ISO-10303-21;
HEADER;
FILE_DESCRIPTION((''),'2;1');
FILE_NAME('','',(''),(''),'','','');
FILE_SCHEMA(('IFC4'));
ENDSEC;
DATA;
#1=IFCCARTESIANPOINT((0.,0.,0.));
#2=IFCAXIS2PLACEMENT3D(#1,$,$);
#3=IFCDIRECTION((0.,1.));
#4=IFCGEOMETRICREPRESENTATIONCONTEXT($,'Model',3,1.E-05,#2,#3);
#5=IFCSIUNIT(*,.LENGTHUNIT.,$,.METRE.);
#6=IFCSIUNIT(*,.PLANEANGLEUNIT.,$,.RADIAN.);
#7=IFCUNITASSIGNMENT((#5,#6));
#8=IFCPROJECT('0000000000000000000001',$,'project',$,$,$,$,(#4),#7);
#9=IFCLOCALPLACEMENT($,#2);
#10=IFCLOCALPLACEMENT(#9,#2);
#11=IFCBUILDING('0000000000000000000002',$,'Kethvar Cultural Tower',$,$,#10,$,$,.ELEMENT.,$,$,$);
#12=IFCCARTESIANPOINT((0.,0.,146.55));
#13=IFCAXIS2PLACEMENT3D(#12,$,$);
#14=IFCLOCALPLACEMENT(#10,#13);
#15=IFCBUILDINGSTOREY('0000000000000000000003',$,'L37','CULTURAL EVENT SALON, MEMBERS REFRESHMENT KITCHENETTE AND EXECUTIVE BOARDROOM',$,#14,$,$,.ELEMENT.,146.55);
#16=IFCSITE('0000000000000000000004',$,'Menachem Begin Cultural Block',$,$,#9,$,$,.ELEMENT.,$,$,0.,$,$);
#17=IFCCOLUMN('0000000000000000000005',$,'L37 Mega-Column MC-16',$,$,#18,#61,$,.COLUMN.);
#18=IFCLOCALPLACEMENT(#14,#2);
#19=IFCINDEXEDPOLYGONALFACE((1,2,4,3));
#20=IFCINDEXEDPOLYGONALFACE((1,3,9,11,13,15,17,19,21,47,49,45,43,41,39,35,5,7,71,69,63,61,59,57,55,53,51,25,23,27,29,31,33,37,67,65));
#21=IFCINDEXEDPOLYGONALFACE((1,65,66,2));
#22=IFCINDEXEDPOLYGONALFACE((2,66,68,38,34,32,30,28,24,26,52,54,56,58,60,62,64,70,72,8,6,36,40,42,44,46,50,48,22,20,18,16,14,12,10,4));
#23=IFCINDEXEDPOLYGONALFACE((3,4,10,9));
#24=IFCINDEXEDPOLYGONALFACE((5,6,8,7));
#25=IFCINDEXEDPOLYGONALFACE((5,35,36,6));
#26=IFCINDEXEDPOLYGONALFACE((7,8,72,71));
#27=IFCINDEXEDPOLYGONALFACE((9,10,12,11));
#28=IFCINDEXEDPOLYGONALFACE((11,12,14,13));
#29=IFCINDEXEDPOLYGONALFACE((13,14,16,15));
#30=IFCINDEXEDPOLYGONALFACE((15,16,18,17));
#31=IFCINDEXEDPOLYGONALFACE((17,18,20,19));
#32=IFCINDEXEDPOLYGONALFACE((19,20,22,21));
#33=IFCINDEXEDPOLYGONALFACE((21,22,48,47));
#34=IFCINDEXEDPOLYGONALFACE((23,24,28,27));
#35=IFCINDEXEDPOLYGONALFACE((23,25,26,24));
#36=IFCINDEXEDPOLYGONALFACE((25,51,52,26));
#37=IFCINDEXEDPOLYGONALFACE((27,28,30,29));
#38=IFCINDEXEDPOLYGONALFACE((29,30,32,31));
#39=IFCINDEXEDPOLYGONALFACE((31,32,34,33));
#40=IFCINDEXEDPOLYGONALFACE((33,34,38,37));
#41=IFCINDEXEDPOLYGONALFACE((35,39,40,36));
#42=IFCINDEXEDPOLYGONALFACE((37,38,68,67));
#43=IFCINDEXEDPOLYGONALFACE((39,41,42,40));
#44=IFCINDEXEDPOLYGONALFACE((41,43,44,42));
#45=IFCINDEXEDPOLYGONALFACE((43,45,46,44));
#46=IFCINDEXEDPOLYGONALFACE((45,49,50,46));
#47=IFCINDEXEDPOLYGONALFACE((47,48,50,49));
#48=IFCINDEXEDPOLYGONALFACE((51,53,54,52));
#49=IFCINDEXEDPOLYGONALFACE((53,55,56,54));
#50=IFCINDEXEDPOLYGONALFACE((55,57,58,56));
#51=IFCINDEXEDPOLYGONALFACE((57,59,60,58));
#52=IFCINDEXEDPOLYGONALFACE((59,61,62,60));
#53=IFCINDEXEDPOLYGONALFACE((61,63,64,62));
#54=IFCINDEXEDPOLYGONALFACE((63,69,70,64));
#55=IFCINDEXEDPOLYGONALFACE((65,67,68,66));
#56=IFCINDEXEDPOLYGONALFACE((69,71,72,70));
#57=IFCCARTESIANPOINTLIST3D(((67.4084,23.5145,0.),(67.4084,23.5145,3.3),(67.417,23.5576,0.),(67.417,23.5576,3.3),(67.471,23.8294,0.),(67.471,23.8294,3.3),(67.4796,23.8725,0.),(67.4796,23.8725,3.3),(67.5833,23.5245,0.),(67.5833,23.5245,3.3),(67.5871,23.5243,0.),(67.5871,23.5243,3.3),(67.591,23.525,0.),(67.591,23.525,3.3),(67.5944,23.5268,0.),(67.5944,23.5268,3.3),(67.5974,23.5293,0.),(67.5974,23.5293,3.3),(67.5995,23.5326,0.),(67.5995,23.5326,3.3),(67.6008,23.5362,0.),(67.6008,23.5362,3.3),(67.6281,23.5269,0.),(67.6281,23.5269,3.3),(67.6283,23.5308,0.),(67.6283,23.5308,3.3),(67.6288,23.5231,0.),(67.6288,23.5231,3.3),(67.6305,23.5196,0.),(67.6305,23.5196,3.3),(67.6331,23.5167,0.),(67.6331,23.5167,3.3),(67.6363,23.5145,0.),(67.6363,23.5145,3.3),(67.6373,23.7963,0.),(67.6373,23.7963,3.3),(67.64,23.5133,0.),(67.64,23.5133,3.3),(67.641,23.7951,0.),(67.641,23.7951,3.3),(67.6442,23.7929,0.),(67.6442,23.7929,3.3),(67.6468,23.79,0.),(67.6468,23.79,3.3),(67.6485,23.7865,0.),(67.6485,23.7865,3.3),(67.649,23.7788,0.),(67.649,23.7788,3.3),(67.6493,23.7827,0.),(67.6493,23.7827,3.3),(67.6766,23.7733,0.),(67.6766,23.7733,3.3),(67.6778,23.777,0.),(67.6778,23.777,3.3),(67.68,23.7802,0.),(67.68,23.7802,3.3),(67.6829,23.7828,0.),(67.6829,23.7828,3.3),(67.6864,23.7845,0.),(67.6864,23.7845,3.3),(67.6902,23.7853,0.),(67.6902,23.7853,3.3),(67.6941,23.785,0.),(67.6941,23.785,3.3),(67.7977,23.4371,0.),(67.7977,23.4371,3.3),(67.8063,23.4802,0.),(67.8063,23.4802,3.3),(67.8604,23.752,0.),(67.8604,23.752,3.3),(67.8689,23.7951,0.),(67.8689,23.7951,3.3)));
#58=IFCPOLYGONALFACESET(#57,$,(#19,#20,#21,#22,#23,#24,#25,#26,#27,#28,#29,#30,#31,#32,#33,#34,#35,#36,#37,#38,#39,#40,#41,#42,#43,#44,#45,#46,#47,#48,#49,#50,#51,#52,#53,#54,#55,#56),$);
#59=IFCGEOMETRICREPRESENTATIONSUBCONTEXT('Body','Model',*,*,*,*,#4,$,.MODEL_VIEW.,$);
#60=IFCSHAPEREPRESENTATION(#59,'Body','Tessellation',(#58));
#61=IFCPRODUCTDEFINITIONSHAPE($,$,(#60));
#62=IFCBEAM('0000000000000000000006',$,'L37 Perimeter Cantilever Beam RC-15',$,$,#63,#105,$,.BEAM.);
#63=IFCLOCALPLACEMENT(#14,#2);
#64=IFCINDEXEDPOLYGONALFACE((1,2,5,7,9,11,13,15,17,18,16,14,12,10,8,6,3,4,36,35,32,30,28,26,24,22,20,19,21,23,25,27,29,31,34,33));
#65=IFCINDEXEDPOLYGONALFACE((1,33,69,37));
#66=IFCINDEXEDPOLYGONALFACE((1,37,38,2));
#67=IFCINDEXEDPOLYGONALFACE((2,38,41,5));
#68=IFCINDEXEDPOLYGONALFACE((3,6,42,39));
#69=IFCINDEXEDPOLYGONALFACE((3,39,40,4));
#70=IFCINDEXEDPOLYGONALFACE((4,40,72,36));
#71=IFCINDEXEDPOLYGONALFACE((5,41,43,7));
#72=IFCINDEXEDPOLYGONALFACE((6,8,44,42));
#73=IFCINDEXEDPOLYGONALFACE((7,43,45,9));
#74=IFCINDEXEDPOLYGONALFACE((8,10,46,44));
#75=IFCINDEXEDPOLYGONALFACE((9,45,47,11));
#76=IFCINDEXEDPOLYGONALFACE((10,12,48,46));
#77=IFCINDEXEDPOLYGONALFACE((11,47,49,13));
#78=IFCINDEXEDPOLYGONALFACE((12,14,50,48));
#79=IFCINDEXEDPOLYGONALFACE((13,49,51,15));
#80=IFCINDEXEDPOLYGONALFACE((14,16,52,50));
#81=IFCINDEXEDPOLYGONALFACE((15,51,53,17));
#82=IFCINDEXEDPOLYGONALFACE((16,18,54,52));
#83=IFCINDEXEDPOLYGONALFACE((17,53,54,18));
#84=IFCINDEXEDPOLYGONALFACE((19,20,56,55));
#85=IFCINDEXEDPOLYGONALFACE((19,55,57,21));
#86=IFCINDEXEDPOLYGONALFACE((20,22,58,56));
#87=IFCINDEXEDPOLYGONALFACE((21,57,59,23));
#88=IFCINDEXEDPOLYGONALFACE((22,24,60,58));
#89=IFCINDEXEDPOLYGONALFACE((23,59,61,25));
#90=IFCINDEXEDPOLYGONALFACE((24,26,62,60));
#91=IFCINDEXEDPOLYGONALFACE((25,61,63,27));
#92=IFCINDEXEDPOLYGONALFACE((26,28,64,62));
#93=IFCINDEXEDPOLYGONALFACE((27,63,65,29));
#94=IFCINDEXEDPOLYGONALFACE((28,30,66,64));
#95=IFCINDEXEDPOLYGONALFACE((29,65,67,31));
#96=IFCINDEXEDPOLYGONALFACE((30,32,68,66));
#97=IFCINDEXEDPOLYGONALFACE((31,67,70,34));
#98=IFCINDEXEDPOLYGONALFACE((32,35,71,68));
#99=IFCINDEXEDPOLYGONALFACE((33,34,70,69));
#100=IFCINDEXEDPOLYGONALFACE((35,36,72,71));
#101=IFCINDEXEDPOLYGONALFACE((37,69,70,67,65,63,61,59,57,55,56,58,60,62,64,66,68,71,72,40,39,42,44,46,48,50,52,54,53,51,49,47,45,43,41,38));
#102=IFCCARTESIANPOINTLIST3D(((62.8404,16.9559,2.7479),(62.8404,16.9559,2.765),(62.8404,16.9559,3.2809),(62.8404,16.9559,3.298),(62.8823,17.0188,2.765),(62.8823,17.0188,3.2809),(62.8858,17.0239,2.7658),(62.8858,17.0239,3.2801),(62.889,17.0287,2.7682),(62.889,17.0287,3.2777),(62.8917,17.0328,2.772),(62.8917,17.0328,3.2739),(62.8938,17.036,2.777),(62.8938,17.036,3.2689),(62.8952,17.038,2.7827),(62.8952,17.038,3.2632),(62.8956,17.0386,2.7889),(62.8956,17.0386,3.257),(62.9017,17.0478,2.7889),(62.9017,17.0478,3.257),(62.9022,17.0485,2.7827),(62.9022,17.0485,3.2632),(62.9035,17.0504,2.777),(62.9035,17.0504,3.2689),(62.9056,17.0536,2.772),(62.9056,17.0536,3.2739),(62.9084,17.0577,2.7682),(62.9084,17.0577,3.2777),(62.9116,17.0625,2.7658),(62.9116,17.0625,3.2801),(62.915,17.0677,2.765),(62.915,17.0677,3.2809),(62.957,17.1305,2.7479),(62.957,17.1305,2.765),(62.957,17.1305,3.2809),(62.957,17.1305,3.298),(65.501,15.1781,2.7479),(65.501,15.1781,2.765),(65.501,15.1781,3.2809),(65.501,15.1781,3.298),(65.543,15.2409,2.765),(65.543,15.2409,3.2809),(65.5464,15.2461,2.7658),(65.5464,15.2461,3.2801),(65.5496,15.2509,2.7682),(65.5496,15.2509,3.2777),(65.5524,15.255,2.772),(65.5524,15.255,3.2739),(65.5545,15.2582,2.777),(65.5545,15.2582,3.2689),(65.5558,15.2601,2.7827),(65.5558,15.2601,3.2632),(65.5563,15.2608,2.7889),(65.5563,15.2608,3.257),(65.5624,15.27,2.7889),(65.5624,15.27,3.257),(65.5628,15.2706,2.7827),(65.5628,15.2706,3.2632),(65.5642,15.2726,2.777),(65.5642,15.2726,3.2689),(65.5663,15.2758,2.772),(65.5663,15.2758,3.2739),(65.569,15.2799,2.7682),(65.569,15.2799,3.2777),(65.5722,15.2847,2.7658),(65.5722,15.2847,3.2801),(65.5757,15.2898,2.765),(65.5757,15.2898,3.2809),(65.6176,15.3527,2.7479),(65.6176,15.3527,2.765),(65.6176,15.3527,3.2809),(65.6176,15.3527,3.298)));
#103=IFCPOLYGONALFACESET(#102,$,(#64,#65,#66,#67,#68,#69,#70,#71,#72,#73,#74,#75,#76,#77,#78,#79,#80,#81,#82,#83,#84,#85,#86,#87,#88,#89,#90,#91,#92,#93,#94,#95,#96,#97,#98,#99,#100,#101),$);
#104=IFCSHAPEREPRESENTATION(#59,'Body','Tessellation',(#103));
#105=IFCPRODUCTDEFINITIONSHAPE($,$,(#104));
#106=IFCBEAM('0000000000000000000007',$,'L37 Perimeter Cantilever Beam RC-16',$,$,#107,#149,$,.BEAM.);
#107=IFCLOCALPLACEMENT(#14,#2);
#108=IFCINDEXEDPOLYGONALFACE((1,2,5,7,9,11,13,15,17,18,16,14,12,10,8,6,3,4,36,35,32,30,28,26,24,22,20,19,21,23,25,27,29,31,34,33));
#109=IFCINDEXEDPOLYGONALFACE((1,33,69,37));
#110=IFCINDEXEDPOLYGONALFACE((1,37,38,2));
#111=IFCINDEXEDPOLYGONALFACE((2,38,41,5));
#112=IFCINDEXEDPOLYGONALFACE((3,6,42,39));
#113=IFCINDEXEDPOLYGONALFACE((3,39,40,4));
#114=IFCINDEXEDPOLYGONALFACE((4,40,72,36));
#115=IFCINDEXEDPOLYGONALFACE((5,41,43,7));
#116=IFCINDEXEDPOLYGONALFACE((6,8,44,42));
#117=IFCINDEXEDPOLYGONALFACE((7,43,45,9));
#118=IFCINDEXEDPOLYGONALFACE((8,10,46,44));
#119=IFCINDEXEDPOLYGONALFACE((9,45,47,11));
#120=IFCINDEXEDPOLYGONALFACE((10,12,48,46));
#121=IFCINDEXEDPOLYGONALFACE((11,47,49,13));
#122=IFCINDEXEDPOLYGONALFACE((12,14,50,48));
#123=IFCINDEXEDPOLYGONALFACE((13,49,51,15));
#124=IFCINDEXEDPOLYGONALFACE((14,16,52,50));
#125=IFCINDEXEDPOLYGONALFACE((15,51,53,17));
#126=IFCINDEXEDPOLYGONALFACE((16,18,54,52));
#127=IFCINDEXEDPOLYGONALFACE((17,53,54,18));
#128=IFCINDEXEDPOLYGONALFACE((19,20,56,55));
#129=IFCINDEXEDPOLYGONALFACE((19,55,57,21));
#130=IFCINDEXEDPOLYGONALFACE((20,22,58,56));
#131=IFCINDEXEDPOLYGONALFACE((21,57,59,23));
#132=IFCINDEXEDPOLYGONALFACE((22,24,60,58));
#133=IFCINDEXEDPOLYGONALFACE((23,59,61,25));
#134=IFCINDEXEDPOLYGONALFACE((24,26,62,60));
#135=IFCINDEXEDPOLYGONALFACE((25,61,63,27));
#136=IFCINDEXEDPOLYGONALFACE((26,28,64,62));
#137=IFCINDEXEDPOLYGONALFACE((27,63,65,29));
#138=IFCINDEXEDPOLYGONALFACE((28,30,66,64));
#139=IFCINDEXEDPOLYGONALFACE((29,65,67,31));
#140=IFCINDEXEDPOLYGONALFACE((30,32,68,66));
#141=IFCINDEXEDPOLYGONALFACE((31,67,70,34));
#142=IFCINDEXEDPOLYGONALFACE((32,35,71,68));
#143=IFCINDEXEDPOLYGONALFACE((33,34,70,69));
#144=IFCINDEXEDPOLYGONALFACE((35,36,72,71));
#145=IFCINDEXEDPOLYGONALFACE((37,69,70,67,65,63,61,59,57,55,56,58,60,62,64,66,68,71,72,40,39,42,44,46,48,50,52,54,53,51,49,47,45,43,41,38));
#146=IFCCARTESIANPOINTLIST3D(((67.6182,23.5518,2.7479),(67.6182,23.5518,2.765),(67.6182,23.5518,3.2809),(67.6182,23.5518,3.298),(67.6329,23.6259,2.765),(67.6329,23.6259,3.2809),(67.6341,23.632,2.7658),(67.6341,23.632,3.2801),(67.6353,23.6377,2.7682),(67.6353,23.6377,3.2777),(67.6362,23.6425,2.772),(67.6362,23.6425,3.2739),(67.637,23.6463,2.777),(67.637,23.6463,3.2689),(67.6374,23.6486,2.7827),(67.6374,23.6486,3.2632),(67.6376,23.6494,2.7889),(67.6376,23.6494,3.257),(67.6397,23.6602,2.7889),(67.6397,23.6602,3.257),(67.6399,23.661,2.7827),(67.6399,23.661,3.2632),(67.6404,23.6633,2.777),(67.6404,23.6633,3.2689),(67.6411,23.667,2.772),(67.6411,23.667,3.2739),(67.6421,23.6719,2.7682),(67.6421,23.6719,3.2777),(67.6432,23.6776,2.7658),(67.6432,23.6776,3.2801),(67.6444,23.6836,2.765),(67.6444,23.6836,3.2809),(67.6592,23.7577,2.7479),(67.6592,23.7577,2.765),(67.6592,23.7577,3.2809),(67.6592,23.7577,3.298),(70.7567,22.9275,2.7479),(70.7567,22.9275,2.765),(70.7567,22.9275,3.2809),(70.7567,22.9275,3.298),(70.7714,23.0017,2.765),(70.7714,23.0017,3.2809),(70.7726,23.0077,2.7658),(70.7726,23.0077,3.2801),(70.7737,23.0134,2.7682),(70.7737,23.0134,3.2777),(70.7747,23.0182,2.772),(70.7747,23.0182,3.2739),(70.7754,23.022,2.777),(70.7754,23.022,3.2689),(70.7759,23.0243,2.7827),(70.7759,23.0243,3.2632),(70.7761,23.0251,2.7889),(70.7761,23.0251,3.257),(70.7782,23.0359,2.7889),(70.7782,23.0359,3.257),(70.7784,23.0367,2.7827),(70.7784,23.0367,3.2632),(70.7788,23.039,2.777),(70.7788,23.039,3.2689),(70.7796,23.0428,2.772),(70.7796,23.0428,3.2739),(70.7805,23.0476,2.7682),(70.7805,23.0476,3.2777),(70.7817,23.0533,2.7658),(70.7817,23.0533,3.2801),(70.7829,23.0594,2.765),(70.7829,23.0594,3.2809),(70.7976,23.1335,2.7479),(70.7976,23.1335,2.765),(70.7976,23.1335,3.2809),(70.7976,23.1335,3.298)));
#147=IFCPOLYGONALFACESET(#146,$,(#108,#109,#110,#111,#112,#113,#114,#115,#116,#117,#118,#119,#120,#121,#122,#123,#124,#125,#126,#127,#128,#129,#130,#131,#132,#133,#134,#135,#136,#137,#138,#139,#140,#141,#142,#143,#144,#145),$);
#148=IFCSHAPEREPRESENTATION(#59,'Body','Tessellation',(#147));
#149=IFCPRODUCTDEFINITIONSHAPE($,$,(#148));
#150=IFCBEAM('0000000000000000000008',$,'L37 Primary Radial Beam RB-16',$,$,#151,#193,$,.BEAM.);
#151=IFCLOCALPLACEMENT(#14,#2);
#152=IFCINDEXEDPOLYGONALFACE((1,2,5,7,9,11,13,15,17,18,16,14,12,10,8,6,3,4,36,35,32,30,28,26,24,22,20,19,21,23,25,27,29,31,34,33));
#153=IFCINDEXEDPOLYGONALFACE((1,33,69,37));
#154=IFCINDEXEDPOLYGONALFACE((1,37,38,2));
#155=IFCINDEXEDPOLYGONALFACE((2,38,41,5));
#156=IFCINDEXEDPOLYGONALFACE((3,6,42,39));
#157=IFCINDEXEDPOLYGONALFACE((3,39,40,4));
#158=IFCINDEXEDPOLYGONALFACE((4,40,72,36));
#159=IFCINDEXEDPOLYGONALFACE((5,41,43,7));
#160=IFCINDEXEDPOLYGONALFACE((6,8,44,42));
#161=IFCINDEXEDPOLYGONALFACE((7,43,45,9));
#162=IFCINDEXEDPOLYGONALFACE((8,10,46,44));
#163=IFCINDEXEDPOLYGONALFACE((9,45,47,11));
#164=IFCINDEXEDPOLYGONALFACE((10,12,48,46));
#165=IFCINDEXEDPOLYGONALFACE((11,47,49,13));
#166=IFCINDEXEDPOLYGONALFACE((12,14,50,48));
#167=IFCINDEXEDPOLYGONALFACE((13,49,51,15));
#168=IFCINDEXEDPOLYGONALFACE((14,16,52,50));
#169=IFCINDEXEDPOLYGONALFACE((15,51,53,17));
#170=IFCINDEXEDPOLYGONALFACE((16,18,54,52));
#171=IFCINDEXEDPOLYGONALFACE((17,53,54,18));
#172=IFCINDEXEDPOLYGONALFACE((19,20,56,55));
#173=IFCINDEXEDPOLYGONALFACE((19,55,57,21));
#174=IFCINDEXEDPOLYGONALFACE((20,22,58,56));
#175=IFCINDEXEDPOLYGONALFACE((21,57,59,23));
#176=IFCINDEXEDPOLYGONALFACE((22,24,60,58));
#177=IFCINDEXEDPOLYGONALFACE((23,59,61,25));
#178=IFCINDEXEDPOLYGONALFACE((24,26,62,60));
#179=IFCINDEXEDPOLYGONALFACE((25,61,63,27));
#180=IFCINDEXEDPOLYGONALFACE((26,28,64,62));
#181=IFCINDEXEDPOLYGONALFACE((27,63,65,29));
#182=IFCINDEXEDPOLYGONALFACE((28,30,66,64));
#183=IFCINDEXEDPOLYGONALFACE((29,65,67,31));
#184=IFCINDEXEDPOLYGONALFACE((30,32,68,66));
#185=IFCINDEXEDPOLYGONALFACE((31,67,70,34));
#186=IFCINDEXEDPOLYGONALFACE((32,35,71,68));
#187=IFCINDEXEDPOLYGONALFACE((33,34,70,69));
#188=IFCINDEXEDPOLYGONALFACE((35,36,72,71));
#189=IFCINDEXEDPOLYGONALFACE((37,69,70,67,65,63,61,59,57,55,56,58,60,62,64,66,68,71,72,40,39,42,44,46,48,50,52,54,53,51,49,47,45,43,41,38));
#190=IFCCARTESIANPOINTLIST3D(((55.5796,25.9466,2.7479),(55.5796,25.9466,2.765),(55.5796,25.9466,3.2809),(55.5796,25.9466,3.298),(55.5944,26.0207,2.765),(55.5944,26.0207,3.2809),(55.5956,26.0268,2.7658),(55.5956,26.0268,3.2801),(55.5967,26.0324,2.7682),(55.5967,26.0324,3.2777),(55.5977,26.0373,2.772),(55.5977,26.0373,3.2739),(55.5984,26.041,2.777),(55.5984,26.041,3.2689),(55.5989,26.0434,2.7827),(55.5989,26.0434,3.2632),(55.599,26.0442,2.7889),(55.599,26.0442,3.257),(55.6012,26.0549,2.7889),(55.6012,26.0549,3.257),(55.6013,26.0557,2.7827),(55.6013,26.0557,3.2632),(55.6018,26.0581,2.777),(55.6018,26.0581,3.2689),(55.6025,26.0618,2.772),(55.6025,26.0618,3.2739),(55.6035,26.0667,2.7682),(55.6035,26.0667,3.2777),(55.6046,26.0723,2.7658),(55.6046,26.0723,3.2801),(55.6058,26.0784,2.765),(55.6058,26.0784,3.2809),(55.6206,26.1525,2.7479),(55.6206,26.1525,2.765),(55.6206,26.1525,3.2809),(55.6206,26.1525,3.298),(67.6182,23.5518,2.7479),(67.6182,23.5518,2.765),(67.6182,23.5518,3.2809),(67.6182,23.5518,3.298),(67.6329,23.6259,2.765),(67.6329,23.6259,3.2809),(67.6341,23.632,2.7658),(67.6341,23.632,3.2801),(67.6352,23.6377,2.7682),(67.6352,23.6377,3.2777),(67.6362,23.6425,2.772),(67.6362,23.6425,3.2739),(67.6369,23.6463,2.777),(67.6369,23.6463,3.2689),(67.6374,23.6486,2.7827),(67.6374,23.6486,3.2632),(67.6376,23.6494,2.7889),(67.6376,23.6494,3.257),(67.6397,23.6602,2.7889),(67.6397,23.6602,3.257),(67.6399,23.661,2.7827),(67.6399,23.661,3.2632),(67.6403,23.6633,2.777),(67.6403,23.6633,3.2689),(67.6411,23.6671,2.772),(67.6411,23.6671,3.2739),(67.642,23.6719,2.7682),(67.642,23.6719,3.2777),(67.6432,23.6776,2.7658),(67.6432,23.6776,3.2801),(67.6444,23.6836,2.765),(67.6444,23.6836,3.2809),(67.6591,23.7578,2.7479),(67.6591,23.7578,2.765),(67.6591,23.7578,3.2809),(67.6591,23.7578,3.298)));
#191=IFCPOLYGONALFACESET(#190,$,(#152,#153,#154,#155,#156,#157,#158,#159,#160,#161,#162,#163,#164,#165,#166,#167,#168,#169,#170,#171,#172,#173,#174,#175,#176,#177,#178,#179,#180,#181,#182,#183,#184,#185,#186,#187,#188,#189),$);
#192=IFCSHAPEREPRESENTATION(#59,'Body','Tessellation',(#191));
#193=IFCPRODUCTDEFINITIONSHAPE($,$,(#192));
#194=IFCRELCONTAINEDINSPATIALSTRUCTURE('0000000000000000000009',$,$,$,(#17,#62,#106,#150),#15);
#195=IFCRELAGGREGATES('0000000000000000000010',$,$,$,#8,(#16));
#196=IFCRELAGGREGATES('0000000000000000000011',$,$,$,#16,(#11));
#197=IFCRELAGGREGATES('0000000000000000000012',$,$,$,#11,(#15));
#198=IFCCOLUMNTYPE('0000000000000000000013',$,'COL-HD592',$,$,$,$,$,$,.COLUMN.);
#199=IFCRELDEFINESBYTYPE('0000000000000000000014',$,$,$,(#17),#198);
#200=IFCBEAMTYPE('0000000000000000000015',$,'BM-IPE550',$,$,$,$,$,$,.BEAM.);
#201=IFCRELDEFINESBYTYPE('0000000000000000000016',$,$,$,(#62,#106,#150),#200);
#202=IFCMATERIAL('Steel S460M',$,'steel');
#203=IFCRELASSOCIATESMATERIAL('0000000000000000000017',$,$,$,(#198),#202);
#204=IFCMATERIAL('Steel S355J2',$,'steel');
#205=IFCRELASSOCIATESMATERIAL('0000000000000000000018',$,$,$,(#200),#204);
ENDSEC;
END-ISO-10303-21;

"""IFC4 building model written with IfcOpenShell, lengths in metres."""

from ifc_helpers import new_model, si_unit, direction, frame, origin, origin_2d, place, context, subcontext, project, spatial, i_section, extrude, source, transform, mapped, material, material_profile, profile_set, type_object, element, save


model = new_model("IFC4")

# Units and contexts
model_context = context("Model", 3, precision=1e-05, world=origin(), true_north=direction((0.0, 1.0)))
body_context = subcontext(model_context, "Body", "Model", "MODEL_VIEW")
ifc_project = project(units=[si_unit("LENGTHUNIT", "METRE"), si_unit("PLANEANGLEUNIT", "RADIAN")], contexts=[model_context])

# Site, building, storey
site_placement = place(None, origin())
site = spatial("IfcSite", under=ifc_project, at=site_placement, Name="Menachem Begin Cultural Block", CompositionType="ELEMENT", RefElevation=0.0)
building_placement = place(site_placement, origin())
building = spatial("IfcBuilding", under=site, at=building_placement, Name="Kethvar Cultural Tower", CompositionType="ELEMENT")
storey_placement = place(building_placement, frame((0.0, 0.0, 146.55)))
storey = spatial("IfcBuildingStorey", under=building, at=storey_placement, Name="L37", Description="CULTURAL EVENT SALON, MEMBERS REFRESHMENT KITCHENETTE AND EXECUTIVE BOARDROOM", CompositionType="ELEMENT", Elevation=146.55)

# Column
ifc_material_1 = material(Name="Steel S460M", Category="steel")
ifc_material_profile_1 = material_profile(ifc_material_1, i_section(OverallWidth=0.397, OverallDepth=0.365, WebThickness=0.0281, FlangeThickness=0.0439, FilletRadius=0.0149, at=origin_2d()), Name="Steel S460M — HD400x592")
ifc_profile_set_1 = profile_set([ifc_material_profile_1], Name="Steel S460M — HD400x592")
column_type = type_object("IfcColumnType", Name="COL-HD592", PredefinedType="COLUMN", material=ifc_profile_set_1)
shared_shape_1 = source(origin(), body_context, "Body", "SweptSolid", [
    extrude(i_section(OverallWidth=0.397, OverallDepth=0.365, WebThickness=0.0281, FlangeThickness=0.0439, FilletRadius=0.0149, at=origin_2d()), origin(), (0.0, 0.0, 1.0), 3.3),
])
column_placement = place(storey_placement, frame((67.6387, 23.6548, 0.0), z_axis=(0.0, 0.0, 1.0), x_axis=(0.980785, -0.19509, 0.0)))
element("IfcColumn", 1, at=column_placement, inside=storey, type_object=column_type, Name="L37 Mega-Column MC-16", PredefinedType="COLUMN", context=body_context, shape_type="MappedRepresentation", body=[
    mapped(shared_shape_1, transform((0.0, 0.0, 0.0), scale=1.0)),
])

# Beams
ifc_material_2 = material(Name="Steel S355J2", Category="steel")
ifc_material_profile_2 = material_profile(ifc_material_2, i_section(OverallWidth=0.21, OverallDepth=0.55, WebThickness=0.011, FlangeThickness=0.0171, FilletRadius=0.0239, at=origin_2d()), Name="Steel S355J2 — IPE550")
ifc_profile_set_2 = profile_set([ifc_material_profile_2], Name="Steel S355J2 — IPE550")
beam_type_1 = type_object("IfcBeamType", Name="BM-IPE550", PredefinedType="BEAM", material=ifc_profile_set_2)
shared_shape_2 = source(origin(), body_context, "Body", "SweptSolid", [
    extrude(i_section(OverallWidth=0.21, OverallDepth=0.55, WebThickness=0.011, FlangeThickness=0.0171, FilletRadius=0.0239, at=origin_2d()), origin(), (0.0, 0.0, 1.0), 3.2),
])
for number, where, z_axis, x_axis, name in (
    (2, (62.8987, 17.0432, 3.0229), (0.831463, -0.55558, 0.0), (0.55558, 0.831463, 0.0), "L37 Perimeter Cantilever Beam RC-15"),
    (3, (67.6387, 23.6548, 3.0229), (0.980786, -0.195089, 0.0), (0.195089, 0.980786, 0.0), "L37 Perimeter Cantilever Beam RC-16"),
):
    element("IfcBeam", number, at=place(storey_placement, frame(where, z_axis=z_axis, x_axis=x_axis)), inside=storey, type_object=beam_type_1, Name=name, PredefinedType="BEAM", context=body_context, shape_type="MappedRepresentation", body=[
        mapped(shared_shape_2, transform((0.0, 0.0, 0.0), scale=1.0)),
    ])
shared_shape_3 = source(origin(), body_context, "Body", "SweptSolid", [
    extrude(i_section(OverallWidth=0.21, OverallDepth=0.55, WebThickness=0.011, FlangeThickness=0.0171, FilletRadius=0.0239, at=origin_2d()), origin(), (0.0, 0.0, 1.0), 12.2744),
])
beam_1_placement = place(storey_placement, frame((55.6001, 26.0496, 3.0229), z_axis=(0.980783, -0.195102, 0.0), x_axis=(0.195102, 0.980783, 0.0)))
element("IfcBeam", 4, at=beam_1_placement, inside=storey, type_object=beam_type_1, Name="L37 Primary Radial Beam RB-16", PredefinedType="BEAM", context=body_context, shape_type="MappedRepresentation", body=[
    mapped(shared_shape_3, transform((0.0, 0.0, 0.0), scale=1.0)),
])

save(model, "model.ifc")
